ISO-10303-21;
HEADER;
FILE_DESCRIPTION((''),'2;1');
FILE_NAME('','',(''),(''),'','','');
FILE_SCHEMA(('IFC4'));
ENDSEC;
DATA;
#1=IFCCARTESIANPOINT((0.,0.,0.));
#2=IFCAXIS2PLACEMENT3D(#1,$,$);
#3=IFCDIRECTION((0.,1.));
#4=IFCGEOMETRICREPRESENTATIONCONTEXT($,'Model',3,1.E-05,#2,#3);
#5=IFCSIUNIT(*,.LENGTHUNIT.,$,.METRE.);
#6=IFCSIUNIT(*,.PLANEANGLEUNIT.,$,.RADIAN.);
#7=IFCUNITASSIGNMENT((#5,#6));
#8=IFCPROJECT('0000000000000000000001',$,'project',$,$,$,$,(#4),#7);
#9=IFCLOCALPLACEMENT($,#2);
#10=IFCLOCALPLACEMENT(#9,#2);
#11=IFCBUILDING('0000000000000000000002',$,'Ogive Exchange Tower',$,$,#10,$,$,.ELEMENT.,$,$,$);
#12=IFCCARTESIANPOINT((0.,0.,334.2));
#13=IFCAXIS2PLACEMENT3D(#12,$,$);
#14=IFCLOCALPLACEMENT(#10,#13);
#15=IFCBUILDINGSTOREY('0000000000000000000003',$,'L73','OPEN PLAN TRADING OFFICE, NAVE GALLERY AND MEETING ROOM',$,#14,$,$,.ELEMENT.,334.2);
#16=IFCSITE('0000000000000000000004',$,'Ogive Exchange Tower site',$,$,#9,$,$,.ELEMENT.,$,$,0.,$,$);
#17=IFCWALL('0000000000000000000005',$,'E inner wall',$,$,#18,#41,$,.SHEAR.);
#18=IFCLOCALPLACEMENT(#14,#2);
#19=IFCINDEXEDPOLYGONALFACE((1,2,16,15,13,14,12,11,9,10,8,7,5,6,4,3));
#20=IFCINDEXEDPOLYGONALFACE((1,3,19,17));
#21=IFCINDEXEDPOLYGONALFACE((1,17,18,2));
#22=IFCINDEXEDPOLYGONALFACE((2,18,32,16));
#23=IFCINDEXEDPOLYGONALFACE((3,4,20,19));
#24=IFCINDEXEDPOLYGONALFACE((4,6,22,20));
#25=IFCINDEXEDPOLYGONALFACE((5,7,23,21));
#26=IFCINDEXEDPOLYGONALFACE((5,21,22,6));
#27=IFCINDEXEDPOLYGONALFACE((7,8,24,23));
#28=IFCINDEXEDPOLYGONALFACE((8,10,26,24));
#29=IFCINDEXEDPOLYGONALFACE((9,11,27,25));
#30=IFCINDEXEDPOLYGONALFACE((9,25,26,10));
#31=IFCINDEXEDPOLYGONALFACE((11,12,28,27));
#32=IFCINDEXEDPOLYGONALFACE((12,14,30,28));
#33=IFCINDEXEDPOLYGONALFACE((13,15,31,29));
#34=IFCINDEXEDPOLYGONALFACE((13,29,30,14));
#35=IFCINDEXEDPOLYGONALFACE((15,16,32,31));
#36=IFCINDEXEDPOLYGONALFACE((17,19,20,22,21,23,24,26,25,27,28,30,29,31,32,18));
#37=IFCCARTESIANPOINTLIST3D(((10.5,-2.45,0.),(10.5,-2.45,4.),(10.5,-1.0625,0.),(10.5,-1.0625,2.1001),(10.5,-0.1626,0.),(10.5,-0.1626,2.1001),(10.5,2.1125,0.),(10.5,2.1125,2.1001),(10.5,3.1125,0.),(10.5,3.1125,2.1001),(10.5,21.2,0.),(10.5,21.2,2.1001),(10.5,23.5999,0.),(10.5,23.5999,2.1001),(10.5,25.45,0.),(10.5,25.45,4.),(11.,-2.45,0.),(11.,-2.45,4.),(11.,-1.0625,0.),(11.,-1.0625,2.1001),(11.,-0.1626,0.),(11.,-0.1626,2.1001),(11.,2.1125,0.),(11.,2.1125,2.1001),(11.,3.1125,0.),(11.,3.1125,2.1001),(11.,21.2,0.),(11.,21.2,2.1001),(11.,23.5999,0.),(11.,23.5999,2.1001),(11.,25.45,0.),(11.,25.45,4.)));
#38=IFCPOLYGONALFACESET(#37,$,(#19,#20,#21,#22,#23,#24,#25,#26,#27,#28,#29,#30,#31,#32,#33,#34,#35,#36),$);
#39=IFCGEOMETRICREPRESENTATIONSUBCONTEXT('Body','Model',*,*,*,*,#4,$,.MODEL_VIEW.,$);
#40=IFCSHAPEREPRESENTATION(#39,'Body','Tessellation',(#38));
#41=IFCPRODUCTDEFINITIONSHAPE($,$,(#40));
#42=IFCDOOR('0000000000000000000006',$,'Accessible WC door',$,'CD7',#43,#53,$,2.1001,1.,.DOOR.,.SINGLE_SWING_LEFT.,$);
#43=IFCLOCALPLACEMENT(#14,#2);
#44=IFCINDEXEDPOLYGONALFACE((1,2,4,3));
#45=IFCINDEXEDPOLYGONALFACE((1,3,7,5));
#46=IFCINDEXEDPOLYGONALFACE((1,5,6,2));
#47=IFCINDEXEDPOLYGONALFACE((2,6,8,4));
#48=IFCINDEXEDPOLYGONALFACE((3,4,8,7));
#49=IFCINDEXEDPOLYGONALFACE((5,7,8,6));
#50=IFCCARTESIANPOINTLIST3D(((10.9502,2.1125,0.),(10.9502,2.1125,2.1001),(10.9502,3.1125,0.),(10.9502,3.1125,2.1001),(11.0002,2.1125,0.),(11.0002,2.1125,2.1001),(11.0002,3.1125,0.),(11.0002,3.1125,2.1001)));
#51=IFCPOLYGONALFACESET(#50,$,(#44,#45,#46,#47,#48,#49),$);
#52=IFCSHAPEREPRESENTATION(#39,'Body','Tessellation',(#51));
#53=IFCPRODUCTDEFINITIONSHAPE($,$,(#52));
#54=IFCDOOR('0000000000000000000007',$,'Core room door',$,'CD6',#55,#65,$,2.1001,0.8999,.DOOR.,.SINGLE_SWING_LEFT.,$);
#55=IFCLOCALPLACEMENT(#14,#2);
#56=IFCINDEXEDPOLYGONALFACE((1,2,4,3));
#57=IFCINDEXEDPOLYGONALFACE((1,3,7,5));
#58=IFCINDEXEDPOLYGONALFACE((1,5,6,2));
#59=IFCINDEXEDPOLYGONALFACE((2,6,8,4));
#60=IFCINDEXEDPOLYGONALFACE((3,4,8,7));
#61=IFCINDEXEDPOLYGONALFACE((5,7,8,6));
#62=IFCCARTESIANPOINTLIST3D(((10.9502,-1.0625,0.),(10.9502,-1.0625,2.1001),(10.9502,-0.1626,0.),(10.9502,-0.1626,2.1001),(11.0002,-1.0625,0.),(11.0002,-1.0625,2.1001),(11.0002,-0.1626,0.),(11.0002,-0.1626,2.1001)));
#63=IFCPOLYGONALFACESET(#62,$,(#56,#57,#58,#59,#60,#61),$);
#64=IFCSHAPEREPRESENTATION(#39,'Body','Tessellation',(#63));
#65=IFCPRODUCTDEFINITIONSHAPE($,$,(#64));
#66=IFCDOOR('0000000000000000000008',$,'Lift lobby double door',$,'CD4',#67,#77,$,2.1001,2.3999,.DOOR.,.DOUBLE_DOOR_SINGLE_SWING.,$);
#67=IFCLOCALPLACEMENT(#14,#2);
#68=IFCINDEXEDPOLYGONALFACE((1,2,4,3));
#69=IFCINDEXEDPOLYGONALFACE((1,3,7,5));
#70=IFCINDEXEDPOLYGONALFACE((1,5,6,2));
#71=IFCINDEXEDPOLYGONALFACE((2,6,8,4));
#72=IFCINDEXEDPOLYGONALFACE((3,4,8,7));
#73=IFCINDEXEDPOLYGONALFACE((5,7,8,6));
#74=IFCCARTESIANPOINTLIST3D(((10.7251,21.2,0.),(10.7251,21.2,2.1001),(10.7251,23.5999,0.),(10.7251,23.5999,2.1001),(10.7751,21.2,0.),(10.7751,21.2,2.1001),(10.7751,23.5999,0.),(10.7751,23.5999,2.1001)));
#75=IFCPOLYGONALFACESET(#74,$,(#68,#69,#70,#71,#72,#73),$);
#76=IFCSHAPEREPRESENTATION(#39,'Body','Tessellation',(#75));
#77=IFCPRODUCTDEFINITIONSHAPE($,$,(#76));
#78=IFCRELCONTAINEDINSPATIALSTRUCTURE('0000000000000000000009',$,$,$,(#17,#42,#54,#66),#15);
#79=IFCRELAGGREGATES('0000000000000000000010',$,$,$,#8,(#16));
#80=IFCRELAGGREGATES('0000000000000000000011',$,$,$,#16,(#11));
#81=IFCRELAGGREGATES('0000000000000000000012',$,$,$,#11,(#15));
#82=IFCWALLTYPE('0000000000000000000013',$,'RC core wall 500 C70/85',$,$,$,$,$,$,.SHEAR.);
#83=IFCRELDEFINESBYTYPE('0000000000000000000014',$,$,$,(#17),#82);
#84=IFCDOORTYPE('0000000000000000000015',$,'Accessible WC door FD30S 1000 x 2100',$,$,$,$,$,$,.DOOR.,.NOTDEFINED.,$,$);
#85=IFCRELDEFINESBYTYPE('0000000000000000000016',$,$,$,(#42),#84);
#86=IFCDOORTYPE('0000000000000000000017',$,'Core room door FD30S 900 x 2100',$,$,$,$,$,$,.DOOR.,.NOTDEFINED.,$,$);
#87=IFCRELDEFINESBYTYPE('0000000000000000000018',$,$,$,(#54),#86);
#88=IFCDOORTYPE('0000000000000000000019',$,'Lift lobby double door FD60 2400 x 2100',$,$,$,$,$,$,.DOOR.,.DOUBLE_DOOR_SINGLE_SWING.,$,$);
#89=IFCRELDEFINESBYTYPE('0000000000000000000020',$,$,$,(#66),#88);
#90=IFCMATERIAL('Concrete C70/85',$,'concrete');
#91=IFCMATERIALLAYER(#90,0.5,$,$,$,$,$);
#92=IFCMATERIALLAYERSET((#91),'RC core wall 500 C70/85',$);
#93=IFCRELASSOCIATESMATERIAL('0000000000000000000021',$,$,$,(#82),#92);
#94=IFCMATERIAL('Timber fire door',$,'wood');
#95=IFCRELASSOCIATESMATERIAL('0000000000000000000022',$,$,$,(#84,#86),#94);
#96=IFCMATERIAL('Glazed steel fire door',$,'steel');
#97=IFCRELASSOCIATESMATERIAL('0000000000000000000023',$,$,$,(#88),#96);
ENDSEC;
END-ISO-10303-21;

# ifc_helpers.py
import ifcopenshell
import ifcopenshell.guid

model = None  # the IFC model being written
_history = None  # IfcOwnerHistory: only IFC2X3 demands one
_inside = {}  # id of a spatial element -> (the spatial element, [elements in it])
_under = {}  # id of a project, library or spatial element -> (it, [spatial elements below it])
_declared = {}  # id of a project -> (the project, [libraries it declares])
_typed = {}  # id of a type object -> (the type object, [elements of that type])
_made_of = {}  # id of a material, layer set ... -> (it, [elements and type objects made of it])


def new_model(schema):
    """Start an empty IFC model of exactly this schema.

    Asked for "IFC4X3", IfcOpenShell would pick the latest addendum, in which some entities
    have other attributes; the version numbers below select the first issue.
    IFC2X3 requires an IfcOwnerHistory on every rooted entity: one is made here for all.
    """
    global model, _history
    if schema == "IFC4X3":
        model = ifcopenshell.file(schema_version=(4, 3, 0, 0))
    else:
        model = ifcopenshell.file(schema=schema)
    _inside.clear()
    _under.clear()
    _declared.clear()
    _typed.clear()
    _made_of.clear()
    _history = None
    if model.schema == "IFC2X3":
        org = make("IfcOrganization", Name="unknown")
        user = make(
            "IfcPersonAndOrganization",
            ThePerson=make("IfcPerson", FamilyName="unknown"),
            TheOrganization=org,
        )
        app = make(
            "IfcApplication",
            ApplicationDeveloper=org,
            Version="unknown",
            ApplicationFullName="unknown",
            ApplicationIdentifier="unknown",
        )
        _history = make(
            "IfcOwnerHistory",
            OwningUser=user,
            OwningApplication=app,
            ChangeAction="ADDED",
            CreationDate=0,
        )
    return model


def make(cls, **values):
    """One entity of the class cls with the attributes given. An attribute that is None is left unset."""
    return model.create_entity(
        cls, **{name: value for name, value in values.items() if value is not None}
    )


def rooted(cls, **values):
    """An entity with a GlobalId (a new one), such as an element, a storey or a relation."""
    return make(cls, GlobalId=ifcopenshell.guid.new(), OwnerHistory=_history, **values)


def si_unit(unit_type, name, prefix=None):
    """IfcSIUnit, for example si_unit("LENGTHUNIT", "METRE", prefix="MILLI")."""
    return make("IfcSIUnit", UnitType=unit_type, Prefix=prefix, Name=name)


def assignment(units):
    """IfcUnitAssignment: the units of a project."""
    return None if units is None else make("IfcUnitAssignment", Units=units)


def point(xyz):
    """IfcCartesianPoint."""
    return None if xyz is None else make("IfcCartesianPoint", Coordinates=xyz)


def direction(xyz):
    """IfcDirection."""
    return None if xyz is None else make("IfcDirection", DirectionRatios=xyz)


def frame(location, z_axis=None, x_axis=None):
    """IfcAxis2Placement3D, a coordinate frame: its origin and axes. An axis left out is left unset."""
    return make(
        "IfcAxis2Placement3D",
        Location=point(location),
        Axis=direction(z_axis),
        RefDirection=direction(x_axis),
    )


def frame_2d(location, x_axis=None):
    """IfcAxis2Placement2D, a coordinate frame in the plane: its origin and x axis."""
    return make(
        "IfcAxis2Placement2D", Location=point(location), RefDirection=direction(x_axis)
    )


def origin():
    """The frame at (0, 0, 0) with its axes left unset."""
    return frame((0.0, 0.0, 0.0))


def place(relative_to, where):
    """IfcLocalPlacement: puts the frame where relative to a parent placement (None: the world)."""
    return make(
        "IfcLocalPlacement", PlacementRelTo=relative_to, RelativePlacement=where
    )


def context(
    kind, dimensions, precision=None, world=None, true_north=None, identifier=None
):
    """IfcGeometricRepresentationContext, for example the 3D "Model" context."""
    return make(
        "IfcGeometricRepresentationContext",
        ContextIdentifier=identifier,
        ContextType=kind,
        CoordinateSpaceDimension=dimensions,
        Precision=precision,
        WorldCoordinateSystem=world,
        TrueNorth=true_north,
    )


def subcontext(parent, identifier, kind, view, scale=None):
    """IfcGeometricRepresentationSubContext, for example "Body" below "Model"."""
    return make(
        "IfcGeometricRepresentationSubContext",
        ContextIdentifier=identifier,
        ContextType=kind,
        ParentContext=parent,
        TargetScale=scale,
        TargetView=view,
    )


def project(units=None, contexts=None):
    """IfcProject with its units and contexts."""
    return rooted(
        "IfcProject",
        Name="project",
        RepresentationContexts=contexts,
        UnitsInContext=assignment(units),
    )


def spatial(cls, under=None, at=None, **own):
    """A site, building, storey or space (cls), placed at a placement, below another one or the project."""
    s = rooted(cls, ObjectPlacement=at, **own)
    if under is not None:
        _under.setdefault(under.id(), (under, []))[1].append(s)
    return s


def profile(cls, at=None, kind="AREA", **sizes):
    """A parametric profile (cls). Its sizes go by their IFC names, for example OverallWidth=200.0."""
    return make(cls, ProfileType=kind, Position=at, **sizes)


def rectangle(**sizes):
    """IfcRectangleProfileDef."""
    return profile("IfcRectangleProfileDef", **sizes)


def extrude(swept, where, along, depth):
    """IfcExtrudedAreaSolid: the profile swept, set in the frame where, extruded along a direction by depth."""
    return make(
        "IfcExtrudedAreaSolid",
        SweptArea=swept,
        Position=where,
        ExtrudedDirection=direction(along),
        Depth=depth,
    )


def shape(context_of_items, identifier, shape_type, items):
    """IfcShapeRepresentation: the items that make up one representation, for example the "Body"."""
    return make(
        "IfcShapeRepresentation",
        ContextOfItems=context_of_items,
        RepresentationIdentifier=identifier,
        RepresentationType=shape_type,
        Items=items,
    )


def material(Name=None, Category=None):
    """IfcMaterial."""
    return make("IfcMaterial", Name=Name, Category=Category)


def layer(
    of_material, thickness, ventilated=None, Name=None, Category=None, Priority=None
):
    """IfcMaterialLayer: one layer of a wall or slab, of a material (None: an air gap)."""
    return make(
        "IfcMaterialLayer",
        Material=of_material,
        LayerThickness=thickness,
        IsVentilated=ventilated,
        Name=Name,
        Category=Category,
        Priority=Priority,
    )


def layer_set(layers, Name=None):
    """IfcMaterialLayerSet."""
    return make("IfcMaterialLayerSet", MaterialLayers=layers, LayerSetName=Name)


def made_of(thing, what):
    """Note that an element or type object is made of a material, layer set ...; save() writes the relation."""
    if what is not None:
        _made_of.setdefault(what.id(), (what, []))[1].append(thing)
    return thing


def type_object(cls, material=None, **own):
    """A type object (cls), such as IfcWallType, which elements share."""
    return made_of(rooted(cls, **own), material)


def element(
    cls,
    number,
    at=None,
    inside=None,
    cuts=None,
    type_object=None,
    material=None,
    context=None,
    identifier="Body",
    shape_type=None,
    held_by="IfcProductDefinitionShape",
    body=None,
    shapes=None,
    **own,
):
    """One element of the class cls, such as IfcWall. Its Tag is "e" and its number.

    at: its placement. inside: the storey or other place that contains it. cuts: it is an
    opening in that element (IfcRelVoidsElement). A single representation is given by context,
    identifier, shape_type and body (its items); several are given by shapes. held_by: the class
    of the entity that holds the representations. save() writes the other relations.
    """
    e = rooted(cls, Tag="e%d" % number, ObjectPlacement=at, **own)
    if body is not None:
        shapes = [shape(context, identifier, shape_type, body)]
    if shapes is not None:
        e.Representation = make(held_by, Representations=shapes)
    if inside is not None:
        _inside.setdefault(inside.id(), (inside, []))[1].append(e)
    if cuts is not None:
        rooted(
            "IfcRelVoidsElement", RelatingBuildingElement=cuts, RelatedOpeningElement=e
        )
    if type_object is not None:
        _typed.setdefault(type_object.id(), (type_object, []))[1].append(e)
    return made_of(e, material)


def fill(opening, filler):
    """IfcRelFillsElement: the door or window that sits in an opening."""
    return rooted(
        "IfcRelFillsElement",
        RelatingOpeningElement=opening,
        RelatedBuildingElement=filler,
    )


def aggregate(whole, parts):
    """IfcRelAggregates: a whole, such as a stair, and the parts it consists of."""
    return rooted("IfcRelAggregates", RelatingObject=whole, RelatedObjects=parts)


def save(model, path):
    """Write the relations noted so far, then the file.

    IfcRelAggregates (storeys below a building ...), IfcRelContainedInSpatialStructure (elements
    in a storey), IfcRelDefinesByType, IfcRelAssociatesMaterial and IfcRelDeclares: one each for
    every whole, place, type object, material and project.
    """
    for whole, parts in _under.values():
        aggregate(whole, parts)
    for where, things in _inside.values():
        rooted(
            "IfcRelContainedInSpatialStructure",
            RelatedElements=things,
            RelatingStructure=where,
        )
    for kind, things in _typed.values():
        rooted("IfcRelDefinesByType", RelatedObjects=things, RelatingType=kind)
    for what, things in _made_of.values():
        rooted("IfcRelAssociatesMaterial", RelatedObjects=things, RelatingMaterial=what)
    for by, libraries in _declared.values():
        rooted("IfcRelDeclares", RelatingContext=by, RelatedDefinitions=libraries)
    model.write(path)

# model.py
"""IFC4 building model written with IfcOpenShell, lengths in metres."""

from ifc_helpers import new_model, si_unit, direction, frame, frame_2d, origin, place, context, subcontext, project, spatial, rectangle, extrude, material, layer, layer_set, type_object, element, fill, save


model = new_model("IFC4")

# Units and contexts
model_context = context("Model", 3, precision=1e-05, world=origin(), true_north=direction((0.0, 1.0)))
body_context = subcontext(model_context, "Body", "Model", "MODEL_VIEW")
ifc_project = project(units=[si_unit("LENGTHUNIT", "METRE"), si_unit("PLANEANGLEUNIT", "RADIAN")], contexts=[model_context])

# Site, building, storey
site_placement = place(None, origin())
site = spatial("IfcSite", under=ifc_project, at=site_placement, Name="Ogive Exchange Tower site", CompositionType="ELEMENT", RefElevation=0.0)
building_placement = place(site_placement, origin())
building = spatial("IfcBuilding", under=site, at=building_placement, Name="Ogive Exchange Tower", CompositionType="ELEMENT")
storey_placement = place(building_placement, frame((0.0, 0.0, 334.2)))
storey = spatial("IfcBuildingStorey", under=building, at=storey_placement, Name="L73", Description="OPEN PLAN TRADING OFFICE, NAVE GALLERY AND MEETING ROOM", CompositionType="ELEMENT", Elevation=334.2)

# Shared definitions
ifc_material_1 = material(Name="Concrete C70/85", Category="concrete")

# Wall, openings, doors
ifc_layer_1 = layer(ifc_material_1, 0.5)
ifc_layer_set_1 = layer_set([ifc_layer_1], Name="RC core wall 500 C70/85")
wall_type_1 = type_object("IfcWallType", Name="RC core wall 500 C70/85", PredefinedType="SHEAR", material=ifc_layer_set_1)
wall_1_placement = place(storey_placement, frame((10.75, -2.45, 0.0), z_axis=(0.0, 0.0, 1.0), x_axis=(0.0, 1.0, 0.0)))
wall_1 = element("IfcWall", 1, at=wall_1_placement, inside=storey, type_object=wall_type_1, Name="E inner wall", PredefinedType="SHEAR", context=body_context, shape_type="SweptSolid", body=[
    extrude(rectangle(XDim=27.8999, YDim=0.5, at=frame_2d((13.95, 0.0))), origin(), (0.0, 0.0, 1.0), 4.0),
])
opening_1_placement = place(wall_1_placement, frame((23.6499, 0.0, 0.0)))
opening_1 = element("IfcOpeningElement", 2, at=opening_1_placement, cuts=wall_1, PredefinedType="OPENING", context=body_context, shape_type="SweptSolid", body=[
    extrude(rectangle(XDim=2.3999, YDim=2.1001, at=frame_2d((1.2, 1.05))), frame((0.0, 0.26, 0.0), z_axis=(0.0, -1.0, 0.0), x_axis=(1.0, 0.0, 0.0)), (0.0, 0.0, 1.0), 0.52),
])
opening_2_placement = place(wall_1_placement, frame((1.3875, 0.0, 0.0)))
opening_2 = element("IfcOpeningElement", 3, at=opening_2_placement, cuts=wall_1, PredefinedType="OPENING", context=body_context, shape_type="SweptSolid", body=[
    extrude(rectangle(XDim=0.8999, YDim=2.1001, at=frame_2d((0.45, 1.05))), frame((0.0, 0.26, 0.0), z_axis=(0.0, -1.0, 0.0), x_axis=(1.0, 0.0, 0.0)), (0.0, 0.0, 1.0), 0.52),
])
opening_3_placement = place(wall_1_placement, frame((4.5625, 0.0, 0.0)))
opening_3 = element("IfcOpeningElement", 4, at=opening_3_placement, cuts=wall_1, PredefinedType="OPENING", context=body_context, shape_type="SweptSolid", body=[
    extrude(rectangle(XDim=1.0, YDim=2.1001, at=frame_2d((0.5, 1.05))), frame((0.0, 0.26, 0.0), z_axis=(0.0, -1.0, 0.0), x_axis=(1.0, 0.0, 0.0)), (0.0, 0.0, 1.0), 0.52),
])
ifc_material_2 = material(Name="Timber fire door", Category="wood")
door_type_1 = type_object("IfcDoorType", Name="Accessible WC door FD30S 1000 x 2100", OperationType="NOTDEFINED", PredefinedType="DOOR", material=ifc_material_2)
door_1_placement = place(opening_3_placement, origin())
door_1 = element("IfcDoor", 5, at=door_1_placement, inside=storey, type_object=door_type_1, Name="Accessible WC door", ObjectType="CD7", OperationType="SINGLE_SWING_LEFT", OverallHeight=2.1001, OverallWidth=1.0, PredefinedType="DOOR", context=body_context, shape_type="SweptSolid", body=[
    extrude(rectangle(XDim=1.0, YDim=2.1001, at=frame_2d((0.5, 1.05))), frame((0.0, -0.2002, 0.0), z_axis=(0.0, -1.0, 0.0), x_axis=(1.0, 0.0, 0.0)), (0.0, 0.0, 1.0), 0.05),
])
fill(opening_3, door_1)
door_type_2 = type_object("IfcDoorType", Name="Core room door FD30S 900 x 2100", OperationType="NOTDEFINED", PredefinedType="DOOR", material=ifc_material_2)
door_2_placement = place(opening_2_placement, origin())
door_2 = element("IfcDoor", 6, at=door_2_placement, inside=storey, type_object=door_type_2, Name="Core room door", ObjectType="CD6", OperationType="SINGLE_SWING_LEFT", OverallHeight=2.1001, OverallWidth=0.8999, PredefinedType="DOOR", context=body_context, shape_type="SweptSolid", body=[
    extrude(rectangle(XDim=0.8999, YDim=2.1001, at=frame_2d((0.45, 1.05))), frame((0.0, -0.2002, 0.0), z_axis=(0.0, -1.0, 0.0), x_axis=(1.0, 0.0, 0.0)), (0.0, 0.0, 1.0), 0.05),
])
fill(opening_2, door_2)
ifc_material_3 = material(Name="Glazed steel fire door", Category="steel")
door_type_3 = type_object("IfcDoorType", Name="Lift lobby double door FD60 2400 x 2100", OperationType="DOUBLE_DOOR_SINGLE_SWING", PredefinedType="DOOR", material=ifc_material_3)
door_3_placement = place(opening_1_placement, origin())
door_3 = element("IfcDoor", 7, at=door_3_placement, inside=storey, type_object=door_type_3, Name="Lift lobby double door", ObjectType="CD4", OperationType="DOUBLE_DOOR_SINGLE_SWING", OverallHeight=2.1001, OverallWidth=2.3999, PredefinedType="DOOR", context=body_context, shape_type="SweptSolid", body=[
    extrude(rectangle(XDim=2.3999, YDim=2.1001, at=frame_2d((1.2, 1.05))), frame((0.0, 0.0249, 0.0), z_axis=(0.0, -1.0, 0.0), x_axis=(1.0, 0.0, 0.0)), (0.0, 0.0, 1.0), 0.05),
])
fill(opening_1, door_3)

save(model, "model.ifc")
